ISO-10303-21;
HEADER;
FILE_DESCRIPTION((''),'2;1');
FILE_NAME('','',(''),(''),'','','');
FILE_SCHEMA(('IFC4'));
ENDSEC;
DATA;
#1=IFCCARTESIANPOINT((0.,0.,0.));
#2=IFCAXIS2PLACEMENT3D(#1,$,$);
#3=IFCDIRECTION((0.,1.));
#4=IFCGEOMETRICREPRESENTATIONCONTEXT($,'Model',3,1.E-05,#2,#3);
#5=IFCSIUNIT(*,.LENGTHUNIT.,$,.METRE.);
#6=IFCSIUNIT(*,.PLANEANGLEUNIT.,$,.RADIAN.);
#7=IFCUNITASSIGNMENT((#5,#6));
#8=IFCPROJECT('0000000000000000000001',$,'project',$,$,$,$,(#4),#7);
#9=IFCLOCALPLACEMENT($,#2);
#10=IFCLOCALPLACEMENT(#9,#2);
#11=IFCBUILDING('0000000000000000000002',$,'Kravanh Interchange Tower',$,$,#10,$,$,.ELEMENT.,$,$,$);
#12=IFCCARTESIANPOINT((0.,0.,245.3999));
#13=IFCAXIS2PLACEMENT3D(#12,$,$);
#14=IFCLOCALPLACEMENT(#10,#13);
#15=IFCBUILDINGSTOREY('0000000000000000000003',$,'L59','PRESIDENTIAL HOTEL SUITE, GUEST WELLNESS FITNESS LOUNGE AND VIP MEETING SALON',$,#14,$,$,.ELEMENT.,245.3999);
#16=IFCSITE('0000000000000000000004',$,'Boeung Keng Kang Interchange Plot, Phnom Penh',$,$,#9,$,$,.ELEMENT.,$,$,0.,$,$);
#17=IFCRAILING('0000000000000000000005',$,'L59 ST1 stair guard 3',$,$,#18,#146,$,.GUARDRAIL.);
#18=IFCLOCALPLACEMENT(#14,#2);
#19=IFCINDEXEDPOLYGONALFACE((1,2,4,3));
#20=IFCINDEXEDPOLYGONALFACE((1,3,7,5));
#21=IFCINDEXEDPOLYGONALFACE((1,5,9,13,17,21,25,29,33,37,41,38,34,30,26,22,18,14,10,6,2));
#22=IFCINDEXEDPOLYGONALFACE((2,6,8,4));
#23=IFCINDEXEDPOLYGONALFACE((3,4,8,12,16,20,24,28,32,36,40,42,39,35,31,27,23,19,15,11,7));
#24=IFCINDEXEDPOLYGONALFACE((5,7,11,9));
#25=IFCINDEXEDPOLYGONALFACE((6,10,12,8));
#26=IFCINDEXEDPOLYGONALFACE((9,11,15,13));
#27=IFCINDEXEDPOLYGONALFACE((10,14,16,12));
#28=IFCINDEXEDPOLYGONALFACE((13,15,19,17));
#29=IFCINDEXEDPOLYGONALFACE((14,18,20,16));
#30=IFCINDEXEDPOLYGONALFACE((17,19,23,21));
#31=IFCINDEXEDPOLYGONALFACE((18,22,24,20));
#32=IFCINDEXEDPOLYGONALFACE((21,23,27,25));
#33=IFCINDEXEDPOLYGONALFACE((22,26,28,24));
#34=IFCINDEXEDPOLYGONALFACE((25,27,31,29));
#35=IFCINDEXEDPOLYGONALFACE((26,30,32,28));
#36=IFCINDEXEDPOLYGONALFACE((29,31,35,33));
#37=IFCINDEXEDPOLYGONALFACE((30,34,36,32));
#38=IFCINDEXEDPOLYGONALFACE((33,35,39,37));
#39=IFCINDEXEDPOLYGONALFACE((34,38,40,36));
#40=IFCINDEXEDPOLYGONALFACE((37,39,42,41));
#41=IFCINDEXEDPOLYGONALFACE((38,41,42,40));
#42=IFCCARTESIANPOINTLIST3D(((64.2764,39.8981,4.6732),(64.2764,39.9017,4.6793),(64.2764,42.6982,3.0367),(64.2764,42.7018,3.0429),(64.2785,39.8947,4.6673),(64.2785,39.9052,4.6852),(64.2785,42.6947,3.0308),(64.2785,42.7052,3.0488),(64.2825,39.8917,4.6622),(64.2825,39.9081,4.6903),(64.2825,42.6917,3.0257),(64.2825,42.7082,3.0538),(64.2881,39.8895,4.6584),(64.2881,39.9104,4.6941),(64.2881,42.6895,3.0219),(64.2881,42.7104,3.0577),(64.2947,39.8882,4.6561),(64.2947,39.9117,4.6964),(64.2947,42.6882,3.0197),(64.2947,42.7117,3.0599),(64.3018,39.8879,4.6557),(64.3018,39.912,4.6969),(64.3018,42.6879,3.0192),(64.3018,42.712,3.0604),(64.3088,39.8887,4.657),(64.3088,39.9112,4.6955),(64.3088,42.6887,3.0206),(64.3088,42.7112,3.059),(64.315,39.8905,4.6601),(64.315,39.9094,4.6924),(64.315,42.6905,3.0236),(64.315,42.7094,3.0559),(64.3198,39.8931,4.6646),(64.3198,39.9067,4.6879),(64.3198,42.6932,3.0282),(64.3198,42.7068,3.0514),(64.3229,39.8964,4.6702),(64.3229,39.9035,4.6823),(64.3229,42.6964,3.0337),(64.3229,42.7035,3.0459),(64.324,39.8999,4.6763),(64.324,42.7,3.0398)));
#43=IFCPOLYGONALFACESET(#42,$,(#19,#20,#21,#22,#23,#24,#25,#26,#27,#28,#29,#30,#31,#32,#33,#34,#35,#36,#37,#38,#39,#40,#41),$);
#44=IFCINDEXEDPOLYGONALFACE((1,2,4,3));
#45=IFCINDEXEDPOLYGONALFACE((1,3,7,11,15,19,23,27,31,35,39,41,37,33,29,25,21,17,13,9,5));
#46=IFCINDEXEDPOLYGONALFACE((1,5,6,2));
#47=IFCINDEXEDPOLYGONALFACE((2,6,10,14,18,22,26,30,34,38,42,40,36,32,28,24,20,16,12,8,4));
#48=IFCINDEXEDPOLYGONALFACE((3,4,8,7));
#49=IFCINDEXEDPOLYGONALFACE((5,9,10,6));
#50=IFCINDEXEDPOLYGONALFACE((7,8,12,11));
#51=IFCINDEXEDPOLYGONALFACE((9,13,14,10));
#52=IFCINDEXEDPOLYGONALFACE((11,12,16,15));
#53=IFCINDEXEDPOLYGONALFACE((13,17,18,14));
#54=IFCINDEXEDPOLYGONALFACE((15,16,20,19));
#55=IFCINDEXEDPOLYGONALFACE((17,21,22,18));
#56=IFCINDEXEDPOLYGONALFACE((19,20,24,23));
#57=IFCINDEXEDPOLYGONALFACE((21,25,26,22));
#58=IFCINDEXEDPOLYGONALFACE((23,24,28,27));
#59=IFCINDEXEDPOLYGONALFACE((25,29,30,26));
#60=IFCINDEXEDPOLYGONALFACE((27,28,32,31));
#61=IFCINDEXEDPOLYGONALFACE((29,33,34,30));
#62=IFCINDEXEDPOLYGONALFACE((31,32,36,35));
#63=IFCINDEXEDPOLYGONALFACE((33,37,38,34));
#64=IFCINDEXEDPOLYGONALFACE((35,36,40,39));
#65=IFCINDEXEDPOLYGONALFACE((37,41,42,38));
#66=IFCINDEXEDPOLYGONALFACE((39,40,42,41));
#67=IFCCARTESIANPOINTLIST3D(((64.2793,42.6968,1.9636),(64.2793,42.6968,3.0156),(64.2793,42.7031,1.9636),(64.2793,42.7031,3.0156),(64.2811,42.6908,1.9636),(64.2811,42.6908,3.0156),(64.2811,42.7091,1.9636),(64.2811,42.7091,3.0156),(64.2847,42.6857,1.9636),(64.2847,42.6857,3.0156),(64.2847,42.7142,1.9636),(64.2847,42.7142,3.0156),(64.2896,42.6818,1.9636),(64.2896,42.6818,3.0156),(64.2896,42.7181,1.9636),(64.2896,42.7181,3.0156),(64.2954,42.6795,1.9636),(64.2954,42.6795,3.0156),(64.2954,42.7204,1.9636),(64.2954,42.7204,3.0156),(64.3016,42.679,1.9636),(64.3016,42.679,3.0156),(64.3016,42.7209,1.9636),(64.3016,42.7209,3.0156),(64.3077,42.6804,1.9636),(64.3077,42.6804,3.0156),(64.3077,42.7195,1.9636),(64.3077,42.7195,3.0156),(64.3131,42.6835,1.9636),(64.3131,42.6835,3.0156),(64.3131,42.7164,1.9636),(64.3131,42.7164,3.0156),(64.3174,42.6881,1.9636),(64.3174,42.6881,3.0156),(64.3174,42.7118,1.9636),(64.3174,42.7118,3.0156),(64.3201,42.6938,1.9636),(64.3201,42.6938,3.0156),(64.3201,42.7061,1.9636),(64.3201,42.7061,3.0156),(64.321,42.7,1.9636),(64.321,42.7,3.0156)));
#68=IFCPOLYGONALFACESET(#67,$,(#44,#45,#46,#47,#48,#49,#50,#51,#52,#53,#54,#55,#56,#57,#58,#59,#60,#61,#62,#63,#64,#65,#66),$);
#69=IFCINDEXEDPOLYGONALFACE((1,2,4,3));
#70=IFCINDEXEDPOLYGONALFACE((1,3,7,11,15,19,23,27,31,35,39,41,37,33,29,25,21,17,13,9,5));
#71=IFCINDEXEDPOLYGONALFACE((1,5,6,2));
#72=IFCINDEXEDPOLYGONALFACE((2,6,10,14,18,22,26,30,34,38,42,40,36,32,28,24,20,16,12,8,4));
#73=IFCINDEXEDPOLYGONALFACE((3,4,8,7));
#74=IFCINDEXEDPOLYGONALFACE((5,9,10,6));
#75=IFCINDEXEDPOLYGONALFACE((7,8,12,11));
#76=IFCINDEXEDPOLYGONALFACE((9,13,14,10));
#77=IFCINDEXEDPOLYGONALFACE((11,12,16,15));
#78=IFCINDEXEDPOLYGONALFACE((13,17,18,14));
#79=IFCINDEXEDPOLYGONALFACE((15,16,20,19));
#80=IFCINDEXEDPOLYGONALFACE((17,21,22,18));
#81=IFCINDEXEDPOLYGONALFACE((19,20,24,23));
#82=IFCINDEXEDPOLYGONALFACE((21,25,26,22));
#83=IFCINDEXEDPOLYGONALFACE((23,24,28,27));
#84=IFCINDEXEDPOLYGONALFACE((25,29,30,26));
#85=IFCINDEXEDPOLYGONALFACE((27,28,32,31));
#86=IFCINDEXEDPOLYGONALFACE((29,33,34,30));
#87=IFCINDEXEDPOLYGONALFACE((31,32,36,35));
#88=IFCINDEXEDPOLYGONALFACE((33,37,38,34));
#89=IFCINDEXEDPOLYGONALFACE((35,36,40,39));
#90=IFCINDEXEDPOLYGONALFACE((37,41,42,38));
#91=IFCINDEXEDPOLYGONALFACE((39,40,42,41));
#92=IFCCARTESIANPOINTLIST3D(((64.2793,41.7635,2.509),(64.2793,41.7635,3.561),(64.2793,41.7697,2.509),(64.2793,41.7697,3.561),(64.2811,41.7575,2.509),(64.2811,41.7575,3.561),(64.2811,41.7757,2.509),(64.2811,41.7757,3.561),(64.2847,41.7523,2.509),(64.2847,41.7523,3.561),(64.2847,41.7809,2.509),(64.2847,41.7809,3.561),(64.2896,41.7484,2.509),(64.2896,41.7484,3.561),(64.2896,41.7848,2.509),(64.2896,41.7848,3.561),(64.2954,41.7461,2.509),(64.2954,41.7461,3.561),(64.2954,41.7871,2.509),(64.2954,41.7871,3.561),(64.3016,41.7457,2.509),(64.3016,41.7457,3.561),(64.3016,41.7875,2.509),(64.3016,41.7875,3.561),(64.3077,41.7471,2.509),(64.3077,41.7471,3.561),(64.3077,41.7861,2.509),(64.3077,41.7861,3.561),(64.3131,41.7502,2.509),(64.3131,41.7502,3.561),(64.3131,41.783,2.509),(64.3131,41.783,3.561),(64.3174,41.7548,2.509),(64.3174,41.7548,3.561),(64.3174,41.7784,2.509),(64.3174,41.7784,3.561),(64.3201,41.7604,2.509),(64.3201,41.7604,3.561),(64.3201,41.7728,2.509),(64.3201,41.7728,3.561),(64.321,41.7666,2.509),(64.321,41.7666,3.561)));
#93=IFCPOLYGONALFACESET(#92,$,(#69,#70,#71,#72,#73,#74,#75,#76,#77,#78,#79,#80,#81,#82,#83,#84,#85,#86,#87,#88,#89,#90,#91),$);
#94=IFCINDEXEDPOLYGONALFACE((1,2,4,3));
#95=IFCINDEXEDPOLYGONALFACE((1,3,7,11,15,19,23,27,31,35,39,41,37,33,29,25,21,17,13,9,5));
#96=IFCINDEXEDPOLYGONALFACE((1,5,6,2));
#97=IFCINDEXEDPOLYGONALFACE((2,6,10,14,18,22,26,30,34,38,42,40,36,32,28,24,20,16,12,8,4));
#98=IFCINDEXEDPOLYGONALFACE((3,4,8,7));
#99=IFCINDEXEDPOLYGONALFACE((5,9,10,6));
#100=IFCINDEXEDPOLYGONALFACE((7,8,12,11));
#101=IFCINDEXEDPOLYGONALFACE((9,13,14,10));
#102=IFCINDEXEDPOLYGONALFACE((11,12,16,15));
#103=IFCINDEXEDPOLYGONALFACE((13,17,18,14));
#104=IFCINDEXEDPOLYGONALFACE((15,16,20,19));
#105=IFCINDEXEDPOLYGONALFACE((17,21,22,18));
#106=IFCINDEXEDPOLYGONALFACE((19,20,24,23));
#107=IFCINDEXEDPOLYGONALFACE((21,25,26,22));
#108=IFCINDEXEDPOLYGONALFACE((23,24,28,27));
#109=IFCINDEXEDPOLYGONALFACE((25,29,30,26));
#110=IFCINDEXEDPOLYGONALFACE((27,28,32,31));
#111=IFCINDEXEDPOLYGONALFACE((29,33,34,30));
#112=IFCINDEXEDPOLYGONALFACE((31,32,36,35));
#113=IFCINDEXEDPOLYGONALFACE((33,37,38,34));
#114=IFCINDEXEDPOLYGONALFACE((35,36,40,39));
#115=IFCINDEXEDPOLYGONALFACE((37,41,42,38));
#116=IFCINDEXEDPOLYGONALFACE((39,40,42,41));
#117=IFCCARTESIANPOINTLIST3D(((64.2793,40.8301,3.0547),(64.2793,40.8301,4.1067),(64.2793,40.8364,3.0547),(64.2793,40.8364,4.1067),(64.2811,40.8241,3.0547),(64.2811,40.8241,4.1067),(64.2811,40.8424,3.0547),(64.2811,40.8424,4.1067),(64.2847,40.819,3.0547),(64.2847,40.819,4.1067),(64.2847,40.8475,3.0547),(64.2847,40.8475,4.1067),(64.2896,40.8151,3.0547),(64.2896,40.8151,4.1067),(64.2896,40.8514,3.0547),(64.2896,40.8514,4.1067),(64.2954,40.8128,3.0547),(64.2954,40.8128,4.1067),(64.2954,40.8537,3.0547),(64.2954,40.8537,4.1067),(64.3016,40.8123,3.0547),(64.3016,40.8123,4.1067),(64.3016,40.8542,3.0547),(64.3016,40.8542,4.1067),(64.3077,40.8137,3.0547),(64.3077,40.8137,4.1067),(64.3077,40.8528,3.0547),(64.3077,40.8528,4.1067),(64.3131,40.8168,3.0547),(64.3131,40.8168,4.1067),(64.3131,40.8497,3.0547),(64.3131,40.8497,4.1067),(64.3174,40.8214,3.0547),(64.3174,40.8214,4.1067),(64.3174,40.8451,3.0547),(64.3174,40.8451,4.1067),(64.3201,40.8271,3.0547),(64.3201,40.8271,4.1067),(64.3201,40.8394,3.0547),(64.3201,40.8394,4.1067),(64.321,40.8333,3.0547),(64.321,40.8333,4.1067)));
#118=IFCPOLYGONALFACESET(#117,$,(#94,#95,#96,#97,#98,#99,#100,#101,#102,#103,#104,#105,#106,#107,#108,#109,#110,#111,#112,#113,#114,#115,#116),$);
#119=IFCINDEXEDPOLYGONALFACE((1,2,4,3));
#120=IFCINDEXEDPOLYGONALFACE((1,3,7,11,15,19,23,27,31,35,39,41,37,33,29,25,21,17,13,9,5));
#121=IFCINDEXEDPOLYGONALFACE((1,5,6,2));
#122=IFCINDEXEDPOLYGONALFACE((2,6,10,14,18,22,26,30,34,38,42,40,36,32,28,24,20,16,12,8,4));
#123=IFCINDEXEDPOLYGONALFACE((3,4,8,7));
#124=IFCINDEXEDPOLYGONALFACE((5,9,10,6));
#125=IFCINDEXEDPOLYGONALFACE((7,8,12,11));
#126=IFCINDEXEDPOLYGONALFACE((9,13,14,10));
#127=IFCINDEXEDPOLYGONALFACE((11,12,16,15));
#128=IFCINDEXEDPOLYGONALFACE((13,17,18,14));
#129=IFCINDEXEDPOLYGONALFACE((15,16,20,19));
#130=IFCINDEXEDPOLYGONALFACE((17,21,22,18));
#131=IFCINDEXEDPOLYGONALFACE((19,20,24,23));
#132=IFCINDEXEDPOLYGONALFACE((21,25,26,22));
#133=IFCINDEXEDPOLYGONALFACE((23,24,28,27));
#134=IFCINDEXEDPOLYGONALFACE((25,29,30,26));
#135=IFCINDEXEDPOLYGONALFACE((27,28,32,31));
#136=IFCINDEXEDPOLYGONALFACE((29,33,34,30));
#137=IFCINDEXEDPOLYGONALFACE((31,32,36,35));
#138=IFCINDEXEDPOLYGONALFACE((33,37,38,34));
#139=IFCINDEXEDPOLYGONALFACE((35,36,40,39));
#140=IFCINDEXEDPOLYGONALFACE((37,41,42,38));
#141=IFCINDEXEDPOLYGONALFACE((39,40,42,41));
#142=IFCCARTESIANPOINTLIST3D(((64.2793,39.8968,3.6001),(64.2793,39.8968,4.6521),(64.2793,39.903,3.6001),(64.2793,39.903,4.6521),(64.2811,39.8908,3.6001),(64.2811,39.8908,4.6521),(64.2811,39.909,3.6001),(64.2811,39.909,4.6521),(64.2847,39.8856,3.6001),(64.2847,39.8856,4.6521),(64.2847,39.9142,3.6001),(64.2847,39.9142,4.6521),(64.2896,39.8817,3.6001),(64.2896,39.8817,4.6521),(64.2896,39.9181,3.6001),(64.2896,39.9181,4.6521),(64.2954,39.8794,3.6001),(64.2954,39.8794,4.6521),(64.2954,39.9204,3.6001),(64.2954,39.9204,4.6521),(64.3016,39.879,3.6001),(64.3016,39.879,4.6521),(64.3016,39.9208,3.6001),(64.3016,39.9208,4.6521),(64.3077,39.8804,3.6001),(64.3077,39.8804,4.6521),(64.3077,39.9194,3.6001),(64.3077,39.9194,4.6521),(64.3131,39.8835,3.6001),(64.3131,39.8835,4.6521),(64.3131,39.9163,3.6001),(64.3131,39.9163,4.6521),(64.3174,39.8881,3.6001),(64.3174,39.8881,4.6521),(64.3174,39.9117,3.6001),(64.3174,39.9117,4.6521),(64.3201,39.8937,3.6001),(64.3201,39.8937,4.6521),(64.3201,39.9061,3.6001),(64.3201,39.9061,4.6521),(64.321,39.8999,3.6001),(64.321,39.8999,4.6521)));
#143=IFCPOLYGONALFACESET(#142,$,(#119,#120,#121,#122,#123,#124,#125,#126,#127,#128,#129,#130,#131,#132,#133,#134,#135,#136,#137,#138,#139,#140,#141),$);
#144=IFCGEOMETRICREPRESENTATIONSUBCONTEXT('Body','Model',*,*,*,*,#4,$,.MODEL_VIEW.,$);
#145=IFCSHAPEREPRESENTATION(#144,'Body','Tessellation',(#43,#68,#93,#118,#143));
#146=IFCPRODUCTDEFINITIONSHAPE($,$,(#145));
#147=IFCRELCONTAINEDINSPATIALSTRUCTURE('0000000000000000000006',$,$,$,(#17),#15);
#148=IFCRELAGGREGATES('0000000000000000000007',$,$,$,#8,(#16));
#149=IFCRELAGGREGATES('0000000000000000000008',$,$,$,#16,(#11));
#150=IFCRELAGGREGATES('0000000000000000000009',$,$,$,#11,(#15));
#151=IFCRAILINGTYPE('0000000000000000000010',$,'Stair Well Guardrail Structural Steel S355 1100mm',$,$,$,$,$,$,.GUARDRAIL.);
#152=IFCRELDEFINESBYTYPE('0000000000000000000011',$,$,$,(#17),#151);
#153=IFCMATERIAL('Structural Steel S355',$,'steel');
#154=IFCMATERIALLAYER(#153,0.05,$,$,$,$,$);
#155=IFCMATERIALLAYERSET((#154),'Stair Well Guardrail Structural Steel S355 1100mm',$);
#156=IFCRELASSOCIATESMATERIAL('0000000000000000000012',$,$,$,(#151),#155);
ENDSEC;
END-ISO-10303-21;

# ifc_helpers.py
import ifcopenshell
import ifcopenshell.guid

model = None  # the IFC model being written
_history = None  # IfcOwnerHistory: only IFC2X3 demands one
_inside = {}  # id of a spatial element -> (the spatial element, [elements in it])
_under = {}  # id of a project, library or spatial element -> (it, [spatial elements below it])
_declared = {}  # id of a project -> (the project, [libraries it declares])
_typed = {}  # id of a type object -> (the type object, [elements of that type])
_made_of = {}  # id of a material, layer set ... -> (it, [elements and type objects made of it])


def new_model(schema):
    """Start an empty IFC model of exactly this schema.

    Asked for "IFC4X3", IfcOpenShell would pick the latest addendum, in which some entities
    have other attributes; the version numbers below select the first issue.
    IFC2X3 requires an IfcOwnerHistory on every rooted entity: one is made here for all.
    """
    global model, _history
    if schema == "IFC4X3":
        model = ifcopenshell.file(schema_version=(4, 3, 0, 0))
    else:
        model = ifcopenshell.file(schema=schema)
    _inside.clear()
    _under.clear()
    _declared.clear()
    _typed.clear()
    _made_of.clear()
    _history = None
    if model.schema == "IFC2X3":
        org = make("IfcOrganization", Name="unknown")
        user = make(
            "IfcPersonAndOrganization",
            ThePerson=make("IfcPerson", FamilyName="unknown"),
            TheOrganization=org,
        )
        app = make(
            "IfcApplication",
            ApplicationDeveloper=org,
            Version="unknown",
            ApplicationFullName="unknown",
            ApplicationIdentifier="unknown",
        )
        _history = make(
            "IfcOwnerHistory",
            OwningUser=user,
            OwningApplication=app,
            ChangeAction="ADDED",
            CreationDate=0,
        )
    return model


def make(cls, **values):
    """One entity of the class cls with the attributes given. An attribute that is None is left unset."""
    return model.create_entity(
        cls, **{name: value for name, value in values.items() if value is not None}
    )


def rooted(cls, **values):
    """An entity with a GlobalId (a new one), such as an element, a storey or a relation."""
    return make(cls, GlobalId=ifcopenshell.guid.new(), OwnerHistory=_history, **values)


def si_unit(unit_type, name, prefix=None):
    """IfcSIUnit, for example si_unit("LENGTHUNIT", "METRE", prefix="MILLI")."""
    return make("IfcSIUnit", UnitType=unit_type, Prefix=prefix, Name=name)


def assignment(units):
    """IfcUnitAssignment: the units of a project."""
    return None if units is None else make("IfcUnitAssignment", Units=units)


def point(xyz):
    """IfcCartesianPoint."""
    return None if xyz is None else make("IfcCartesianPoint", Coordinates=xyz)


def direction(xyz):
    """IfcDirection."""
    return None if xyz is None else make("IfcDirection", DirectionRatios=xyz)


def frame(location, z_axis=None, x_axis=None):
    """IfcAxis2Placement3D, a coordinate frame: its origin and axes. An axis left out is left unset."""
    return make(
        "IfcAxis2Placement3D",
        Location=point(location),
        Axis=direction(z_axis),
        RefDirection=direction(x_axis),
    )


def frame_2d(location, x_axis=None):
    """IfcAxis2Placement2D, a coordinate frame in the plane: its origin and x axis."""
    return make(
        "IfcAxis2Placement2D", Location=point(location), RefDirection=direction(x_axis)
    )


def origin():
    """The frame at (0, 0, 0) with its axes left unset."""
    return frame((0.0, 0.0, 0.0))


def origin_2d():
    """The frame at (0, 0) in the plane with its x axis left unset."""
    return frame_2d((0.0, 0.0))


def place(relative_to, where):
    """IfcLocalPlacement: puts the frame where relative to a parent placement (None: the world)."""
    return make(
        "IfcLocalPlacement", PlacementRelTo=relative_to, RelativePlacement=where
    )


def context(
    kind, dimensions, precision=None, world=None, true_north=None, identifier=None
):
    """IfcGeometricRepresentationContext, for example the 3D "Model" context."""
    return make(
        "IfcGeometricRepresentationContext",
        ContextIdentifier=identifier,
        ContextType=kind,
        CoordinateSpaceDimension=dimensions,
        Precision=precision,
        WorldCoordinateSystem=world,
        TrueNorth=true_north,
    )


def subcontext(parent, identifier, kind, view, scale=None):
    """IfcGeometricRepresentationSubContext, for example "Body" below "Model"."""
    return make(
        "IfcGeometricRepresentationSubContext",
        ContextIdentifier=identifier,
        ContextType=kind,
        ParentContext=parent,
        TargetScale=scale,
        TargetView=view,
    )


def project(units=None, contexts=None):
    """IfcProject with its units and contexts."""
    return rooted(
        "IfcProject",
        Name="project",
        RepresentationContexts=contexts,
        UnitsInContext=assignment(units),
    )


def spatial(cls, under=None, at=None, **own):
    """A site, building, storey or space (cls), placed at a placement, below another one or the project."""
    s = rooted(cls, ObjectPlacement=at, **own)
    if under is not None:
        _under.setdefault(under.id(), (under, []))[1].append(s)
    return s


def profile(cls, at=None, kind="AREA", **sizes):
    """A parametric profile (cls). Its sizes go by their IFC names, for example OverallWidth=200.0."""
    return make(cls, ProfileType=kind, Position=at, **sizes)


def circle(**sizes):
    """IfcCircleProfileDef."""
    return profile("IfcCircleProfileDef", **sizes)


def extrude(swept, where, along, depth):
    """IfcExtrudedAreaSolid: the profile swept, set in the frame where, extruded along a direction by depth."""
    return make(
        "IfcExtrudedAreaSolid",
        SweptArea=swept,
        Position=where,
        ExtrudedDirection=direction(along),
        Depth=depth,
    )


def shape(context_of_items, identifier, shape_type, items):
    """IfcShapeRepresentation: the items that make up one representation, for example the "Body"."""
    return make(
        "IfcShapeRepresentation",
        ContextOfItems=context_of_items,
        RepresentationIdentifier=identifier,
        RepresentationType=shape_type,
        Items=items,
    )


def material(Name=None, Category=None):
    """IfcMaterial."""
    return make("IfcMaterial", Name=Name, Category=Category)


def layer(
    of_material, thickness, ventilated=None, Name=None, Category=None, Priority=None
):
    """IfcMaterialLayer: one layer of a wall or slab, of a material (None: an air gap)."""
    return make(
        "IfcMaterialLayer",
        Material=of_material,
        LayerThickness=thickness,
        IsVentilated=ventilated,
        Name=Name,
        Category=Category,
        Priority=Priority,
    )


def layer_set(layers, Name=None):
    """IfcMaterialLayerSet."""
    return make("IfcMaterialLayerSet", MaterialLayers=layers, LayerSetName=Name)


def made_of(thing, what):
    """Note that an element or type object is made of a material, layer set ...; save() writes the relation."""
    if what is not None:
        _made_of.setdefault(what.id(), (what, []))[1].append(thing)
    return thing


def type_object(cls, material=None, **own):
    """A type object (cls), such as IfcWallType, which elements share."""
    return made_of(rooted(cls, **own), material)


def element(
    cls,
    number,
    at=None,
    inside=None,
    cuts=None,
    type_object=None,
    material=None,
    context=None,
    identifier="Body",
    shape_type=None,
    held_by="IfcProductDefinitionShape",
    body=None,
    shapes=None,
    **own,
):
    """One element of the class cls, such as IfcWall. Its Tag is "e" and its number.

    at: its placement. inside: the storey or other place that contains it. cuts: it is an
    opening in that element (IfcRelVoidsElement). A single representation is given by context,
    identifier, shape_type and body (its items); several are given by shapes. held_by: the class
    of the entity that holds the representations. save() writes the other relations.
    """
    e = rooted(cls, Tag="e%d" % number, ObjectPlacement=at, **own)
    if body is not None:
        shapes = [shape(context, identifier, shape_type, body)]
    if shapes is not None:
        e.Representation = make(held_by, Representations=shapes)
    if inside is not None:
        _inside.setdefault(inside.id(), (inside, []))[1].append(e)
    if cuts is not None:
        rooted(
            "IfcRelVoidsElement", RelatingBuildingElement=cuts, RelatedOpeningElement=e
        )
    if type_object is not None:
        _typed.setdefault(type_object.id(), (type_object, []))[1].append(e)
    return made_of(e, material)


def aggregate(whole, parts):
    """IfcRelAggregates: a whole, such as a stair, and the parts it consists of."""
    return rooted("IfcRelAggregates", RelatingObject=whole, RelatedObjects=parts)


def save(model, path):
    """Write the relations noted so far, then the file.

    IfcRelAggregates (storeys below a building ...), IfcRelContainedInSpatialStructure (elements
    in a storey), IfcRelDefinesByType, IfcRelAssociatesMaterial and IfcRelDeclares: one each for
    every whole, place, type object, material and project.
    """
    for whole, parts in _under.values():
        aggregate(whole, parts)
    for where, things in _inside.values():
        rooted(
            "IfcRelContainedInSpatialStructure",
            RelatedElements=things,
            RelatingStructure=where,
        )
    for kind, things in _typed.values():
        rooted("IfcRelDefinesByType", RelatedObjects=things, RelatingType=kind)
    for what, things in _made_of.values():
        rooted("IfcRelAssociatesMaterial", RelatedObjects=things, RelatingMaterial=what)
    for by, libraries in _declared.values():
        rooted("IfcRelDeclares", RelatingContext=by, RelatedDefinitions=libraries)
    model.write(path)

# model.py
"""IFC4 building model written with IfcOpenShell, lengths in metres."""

from ifc_helpers import new_model, si_unit, direction, frame, origin, origin_2d, place, context, subcontext, project, spatial, circle, extrude, material, layer, layer_set, type_object, element, save


model = new_model("IFC4")

# Units and contexts
model_context = context("Model", 3, precision=1e-05, world=origin(), true_north=direction((0.0, 1.0)))
body_context = subcontext(model_context, "Body", "Model", "MODEL_VIEW")
ifc_project = project(units=[si_unit("LENGTHUNIT", "METRE"), si_unit("PLANEANGLEUNIT", "RADIAN")], contexts=[model_context])

# Site, building, storey
site_placement = place(None, origin())
site = spatial("IfcSite", under=ifc_project, at=site_placement, Name="Boeung Keng Kang Interchange Plot, Phnom Penh", CompositionType="ELEMENT", RefElevation=0.0)
building_placement = place(site_placement, origin())
building = spatial("IfcBuilding", under=site, at=building_placement, Name="Kravanh Interchange Tower", CompositionType="ELEMENT")
storey_placement = place(building_placement, frame((0.0, 0.0, 245.3999)))
storey = spatial("IfcBuildingStorey", under=building, at=storey_placement, Name="L59", Description="PRESIDENTIAL HOTEL SUITE, GUEST WELLNESS FITNESS LOUNGE AND VIP MEETING SALON", CompositionType="ELEMENT", Elevation=245.3999)

# Railing
ifc_material_1 = material(Name="Structural Steel S355", Category="steel")
ifc_layer_1 = layer(ifc_material_1, 0.05)
ifc_layer_set_1 = layer_set([ifc_layer_1], Name="Stair Well Guardrail Structural Steel S355 1100mm")
railing_type_1 = type_object("IfcRailingType", Name="Stair Well Guardrail Structural Steel S355 1100mm", PredefinedType="GUARDRAIL", material=ifc_layer_set_1)
railing_1_placement = place(storey_placement, frame((64.3, 42.7, 1.9636)))
element("IfcRailing", 1, at=railing_1_placement, inside=storey, type_object=railing_type_1, Name="L59 ST1 stair guard 3", PredefinedType="GUARDRAIL", context=body_context, shape_type="SweptSolid", body=[
    extrude(circle(Radius=0.0239, at=origin_2d()), frame((0.0, 0.0, 1.0762), z_axis=(0.0, -0.863361, 0.504587), x_axis=(1.0, 0.0, 0.0)), (0.0, 0.0, 1.0), 3.2432),
    extrude(circle(Radius=0.021, at=origin_2d()), origin(), (0.0, 0.0, 1.0), 1.052),
    extrude(circle(Radius=0.021, at=origin_2d()), frame((0.0, -0.9333, 0.5454)), (0.0, 0.0, 1.0), 1.052),
    extrude(circle(Radius=0.021, at=origin_2d()), frame((0.0, -1.8667, 1.0911)), (0.0, 0.0, 1.0), 1.052),
    extrude(circle(Radius=0.021, at=origin_2d()), frame((0.0, -2.8, 1.6365)), (0.0, 0.0, 1.0), 1.052),
])

save(model, "model.ifc")
